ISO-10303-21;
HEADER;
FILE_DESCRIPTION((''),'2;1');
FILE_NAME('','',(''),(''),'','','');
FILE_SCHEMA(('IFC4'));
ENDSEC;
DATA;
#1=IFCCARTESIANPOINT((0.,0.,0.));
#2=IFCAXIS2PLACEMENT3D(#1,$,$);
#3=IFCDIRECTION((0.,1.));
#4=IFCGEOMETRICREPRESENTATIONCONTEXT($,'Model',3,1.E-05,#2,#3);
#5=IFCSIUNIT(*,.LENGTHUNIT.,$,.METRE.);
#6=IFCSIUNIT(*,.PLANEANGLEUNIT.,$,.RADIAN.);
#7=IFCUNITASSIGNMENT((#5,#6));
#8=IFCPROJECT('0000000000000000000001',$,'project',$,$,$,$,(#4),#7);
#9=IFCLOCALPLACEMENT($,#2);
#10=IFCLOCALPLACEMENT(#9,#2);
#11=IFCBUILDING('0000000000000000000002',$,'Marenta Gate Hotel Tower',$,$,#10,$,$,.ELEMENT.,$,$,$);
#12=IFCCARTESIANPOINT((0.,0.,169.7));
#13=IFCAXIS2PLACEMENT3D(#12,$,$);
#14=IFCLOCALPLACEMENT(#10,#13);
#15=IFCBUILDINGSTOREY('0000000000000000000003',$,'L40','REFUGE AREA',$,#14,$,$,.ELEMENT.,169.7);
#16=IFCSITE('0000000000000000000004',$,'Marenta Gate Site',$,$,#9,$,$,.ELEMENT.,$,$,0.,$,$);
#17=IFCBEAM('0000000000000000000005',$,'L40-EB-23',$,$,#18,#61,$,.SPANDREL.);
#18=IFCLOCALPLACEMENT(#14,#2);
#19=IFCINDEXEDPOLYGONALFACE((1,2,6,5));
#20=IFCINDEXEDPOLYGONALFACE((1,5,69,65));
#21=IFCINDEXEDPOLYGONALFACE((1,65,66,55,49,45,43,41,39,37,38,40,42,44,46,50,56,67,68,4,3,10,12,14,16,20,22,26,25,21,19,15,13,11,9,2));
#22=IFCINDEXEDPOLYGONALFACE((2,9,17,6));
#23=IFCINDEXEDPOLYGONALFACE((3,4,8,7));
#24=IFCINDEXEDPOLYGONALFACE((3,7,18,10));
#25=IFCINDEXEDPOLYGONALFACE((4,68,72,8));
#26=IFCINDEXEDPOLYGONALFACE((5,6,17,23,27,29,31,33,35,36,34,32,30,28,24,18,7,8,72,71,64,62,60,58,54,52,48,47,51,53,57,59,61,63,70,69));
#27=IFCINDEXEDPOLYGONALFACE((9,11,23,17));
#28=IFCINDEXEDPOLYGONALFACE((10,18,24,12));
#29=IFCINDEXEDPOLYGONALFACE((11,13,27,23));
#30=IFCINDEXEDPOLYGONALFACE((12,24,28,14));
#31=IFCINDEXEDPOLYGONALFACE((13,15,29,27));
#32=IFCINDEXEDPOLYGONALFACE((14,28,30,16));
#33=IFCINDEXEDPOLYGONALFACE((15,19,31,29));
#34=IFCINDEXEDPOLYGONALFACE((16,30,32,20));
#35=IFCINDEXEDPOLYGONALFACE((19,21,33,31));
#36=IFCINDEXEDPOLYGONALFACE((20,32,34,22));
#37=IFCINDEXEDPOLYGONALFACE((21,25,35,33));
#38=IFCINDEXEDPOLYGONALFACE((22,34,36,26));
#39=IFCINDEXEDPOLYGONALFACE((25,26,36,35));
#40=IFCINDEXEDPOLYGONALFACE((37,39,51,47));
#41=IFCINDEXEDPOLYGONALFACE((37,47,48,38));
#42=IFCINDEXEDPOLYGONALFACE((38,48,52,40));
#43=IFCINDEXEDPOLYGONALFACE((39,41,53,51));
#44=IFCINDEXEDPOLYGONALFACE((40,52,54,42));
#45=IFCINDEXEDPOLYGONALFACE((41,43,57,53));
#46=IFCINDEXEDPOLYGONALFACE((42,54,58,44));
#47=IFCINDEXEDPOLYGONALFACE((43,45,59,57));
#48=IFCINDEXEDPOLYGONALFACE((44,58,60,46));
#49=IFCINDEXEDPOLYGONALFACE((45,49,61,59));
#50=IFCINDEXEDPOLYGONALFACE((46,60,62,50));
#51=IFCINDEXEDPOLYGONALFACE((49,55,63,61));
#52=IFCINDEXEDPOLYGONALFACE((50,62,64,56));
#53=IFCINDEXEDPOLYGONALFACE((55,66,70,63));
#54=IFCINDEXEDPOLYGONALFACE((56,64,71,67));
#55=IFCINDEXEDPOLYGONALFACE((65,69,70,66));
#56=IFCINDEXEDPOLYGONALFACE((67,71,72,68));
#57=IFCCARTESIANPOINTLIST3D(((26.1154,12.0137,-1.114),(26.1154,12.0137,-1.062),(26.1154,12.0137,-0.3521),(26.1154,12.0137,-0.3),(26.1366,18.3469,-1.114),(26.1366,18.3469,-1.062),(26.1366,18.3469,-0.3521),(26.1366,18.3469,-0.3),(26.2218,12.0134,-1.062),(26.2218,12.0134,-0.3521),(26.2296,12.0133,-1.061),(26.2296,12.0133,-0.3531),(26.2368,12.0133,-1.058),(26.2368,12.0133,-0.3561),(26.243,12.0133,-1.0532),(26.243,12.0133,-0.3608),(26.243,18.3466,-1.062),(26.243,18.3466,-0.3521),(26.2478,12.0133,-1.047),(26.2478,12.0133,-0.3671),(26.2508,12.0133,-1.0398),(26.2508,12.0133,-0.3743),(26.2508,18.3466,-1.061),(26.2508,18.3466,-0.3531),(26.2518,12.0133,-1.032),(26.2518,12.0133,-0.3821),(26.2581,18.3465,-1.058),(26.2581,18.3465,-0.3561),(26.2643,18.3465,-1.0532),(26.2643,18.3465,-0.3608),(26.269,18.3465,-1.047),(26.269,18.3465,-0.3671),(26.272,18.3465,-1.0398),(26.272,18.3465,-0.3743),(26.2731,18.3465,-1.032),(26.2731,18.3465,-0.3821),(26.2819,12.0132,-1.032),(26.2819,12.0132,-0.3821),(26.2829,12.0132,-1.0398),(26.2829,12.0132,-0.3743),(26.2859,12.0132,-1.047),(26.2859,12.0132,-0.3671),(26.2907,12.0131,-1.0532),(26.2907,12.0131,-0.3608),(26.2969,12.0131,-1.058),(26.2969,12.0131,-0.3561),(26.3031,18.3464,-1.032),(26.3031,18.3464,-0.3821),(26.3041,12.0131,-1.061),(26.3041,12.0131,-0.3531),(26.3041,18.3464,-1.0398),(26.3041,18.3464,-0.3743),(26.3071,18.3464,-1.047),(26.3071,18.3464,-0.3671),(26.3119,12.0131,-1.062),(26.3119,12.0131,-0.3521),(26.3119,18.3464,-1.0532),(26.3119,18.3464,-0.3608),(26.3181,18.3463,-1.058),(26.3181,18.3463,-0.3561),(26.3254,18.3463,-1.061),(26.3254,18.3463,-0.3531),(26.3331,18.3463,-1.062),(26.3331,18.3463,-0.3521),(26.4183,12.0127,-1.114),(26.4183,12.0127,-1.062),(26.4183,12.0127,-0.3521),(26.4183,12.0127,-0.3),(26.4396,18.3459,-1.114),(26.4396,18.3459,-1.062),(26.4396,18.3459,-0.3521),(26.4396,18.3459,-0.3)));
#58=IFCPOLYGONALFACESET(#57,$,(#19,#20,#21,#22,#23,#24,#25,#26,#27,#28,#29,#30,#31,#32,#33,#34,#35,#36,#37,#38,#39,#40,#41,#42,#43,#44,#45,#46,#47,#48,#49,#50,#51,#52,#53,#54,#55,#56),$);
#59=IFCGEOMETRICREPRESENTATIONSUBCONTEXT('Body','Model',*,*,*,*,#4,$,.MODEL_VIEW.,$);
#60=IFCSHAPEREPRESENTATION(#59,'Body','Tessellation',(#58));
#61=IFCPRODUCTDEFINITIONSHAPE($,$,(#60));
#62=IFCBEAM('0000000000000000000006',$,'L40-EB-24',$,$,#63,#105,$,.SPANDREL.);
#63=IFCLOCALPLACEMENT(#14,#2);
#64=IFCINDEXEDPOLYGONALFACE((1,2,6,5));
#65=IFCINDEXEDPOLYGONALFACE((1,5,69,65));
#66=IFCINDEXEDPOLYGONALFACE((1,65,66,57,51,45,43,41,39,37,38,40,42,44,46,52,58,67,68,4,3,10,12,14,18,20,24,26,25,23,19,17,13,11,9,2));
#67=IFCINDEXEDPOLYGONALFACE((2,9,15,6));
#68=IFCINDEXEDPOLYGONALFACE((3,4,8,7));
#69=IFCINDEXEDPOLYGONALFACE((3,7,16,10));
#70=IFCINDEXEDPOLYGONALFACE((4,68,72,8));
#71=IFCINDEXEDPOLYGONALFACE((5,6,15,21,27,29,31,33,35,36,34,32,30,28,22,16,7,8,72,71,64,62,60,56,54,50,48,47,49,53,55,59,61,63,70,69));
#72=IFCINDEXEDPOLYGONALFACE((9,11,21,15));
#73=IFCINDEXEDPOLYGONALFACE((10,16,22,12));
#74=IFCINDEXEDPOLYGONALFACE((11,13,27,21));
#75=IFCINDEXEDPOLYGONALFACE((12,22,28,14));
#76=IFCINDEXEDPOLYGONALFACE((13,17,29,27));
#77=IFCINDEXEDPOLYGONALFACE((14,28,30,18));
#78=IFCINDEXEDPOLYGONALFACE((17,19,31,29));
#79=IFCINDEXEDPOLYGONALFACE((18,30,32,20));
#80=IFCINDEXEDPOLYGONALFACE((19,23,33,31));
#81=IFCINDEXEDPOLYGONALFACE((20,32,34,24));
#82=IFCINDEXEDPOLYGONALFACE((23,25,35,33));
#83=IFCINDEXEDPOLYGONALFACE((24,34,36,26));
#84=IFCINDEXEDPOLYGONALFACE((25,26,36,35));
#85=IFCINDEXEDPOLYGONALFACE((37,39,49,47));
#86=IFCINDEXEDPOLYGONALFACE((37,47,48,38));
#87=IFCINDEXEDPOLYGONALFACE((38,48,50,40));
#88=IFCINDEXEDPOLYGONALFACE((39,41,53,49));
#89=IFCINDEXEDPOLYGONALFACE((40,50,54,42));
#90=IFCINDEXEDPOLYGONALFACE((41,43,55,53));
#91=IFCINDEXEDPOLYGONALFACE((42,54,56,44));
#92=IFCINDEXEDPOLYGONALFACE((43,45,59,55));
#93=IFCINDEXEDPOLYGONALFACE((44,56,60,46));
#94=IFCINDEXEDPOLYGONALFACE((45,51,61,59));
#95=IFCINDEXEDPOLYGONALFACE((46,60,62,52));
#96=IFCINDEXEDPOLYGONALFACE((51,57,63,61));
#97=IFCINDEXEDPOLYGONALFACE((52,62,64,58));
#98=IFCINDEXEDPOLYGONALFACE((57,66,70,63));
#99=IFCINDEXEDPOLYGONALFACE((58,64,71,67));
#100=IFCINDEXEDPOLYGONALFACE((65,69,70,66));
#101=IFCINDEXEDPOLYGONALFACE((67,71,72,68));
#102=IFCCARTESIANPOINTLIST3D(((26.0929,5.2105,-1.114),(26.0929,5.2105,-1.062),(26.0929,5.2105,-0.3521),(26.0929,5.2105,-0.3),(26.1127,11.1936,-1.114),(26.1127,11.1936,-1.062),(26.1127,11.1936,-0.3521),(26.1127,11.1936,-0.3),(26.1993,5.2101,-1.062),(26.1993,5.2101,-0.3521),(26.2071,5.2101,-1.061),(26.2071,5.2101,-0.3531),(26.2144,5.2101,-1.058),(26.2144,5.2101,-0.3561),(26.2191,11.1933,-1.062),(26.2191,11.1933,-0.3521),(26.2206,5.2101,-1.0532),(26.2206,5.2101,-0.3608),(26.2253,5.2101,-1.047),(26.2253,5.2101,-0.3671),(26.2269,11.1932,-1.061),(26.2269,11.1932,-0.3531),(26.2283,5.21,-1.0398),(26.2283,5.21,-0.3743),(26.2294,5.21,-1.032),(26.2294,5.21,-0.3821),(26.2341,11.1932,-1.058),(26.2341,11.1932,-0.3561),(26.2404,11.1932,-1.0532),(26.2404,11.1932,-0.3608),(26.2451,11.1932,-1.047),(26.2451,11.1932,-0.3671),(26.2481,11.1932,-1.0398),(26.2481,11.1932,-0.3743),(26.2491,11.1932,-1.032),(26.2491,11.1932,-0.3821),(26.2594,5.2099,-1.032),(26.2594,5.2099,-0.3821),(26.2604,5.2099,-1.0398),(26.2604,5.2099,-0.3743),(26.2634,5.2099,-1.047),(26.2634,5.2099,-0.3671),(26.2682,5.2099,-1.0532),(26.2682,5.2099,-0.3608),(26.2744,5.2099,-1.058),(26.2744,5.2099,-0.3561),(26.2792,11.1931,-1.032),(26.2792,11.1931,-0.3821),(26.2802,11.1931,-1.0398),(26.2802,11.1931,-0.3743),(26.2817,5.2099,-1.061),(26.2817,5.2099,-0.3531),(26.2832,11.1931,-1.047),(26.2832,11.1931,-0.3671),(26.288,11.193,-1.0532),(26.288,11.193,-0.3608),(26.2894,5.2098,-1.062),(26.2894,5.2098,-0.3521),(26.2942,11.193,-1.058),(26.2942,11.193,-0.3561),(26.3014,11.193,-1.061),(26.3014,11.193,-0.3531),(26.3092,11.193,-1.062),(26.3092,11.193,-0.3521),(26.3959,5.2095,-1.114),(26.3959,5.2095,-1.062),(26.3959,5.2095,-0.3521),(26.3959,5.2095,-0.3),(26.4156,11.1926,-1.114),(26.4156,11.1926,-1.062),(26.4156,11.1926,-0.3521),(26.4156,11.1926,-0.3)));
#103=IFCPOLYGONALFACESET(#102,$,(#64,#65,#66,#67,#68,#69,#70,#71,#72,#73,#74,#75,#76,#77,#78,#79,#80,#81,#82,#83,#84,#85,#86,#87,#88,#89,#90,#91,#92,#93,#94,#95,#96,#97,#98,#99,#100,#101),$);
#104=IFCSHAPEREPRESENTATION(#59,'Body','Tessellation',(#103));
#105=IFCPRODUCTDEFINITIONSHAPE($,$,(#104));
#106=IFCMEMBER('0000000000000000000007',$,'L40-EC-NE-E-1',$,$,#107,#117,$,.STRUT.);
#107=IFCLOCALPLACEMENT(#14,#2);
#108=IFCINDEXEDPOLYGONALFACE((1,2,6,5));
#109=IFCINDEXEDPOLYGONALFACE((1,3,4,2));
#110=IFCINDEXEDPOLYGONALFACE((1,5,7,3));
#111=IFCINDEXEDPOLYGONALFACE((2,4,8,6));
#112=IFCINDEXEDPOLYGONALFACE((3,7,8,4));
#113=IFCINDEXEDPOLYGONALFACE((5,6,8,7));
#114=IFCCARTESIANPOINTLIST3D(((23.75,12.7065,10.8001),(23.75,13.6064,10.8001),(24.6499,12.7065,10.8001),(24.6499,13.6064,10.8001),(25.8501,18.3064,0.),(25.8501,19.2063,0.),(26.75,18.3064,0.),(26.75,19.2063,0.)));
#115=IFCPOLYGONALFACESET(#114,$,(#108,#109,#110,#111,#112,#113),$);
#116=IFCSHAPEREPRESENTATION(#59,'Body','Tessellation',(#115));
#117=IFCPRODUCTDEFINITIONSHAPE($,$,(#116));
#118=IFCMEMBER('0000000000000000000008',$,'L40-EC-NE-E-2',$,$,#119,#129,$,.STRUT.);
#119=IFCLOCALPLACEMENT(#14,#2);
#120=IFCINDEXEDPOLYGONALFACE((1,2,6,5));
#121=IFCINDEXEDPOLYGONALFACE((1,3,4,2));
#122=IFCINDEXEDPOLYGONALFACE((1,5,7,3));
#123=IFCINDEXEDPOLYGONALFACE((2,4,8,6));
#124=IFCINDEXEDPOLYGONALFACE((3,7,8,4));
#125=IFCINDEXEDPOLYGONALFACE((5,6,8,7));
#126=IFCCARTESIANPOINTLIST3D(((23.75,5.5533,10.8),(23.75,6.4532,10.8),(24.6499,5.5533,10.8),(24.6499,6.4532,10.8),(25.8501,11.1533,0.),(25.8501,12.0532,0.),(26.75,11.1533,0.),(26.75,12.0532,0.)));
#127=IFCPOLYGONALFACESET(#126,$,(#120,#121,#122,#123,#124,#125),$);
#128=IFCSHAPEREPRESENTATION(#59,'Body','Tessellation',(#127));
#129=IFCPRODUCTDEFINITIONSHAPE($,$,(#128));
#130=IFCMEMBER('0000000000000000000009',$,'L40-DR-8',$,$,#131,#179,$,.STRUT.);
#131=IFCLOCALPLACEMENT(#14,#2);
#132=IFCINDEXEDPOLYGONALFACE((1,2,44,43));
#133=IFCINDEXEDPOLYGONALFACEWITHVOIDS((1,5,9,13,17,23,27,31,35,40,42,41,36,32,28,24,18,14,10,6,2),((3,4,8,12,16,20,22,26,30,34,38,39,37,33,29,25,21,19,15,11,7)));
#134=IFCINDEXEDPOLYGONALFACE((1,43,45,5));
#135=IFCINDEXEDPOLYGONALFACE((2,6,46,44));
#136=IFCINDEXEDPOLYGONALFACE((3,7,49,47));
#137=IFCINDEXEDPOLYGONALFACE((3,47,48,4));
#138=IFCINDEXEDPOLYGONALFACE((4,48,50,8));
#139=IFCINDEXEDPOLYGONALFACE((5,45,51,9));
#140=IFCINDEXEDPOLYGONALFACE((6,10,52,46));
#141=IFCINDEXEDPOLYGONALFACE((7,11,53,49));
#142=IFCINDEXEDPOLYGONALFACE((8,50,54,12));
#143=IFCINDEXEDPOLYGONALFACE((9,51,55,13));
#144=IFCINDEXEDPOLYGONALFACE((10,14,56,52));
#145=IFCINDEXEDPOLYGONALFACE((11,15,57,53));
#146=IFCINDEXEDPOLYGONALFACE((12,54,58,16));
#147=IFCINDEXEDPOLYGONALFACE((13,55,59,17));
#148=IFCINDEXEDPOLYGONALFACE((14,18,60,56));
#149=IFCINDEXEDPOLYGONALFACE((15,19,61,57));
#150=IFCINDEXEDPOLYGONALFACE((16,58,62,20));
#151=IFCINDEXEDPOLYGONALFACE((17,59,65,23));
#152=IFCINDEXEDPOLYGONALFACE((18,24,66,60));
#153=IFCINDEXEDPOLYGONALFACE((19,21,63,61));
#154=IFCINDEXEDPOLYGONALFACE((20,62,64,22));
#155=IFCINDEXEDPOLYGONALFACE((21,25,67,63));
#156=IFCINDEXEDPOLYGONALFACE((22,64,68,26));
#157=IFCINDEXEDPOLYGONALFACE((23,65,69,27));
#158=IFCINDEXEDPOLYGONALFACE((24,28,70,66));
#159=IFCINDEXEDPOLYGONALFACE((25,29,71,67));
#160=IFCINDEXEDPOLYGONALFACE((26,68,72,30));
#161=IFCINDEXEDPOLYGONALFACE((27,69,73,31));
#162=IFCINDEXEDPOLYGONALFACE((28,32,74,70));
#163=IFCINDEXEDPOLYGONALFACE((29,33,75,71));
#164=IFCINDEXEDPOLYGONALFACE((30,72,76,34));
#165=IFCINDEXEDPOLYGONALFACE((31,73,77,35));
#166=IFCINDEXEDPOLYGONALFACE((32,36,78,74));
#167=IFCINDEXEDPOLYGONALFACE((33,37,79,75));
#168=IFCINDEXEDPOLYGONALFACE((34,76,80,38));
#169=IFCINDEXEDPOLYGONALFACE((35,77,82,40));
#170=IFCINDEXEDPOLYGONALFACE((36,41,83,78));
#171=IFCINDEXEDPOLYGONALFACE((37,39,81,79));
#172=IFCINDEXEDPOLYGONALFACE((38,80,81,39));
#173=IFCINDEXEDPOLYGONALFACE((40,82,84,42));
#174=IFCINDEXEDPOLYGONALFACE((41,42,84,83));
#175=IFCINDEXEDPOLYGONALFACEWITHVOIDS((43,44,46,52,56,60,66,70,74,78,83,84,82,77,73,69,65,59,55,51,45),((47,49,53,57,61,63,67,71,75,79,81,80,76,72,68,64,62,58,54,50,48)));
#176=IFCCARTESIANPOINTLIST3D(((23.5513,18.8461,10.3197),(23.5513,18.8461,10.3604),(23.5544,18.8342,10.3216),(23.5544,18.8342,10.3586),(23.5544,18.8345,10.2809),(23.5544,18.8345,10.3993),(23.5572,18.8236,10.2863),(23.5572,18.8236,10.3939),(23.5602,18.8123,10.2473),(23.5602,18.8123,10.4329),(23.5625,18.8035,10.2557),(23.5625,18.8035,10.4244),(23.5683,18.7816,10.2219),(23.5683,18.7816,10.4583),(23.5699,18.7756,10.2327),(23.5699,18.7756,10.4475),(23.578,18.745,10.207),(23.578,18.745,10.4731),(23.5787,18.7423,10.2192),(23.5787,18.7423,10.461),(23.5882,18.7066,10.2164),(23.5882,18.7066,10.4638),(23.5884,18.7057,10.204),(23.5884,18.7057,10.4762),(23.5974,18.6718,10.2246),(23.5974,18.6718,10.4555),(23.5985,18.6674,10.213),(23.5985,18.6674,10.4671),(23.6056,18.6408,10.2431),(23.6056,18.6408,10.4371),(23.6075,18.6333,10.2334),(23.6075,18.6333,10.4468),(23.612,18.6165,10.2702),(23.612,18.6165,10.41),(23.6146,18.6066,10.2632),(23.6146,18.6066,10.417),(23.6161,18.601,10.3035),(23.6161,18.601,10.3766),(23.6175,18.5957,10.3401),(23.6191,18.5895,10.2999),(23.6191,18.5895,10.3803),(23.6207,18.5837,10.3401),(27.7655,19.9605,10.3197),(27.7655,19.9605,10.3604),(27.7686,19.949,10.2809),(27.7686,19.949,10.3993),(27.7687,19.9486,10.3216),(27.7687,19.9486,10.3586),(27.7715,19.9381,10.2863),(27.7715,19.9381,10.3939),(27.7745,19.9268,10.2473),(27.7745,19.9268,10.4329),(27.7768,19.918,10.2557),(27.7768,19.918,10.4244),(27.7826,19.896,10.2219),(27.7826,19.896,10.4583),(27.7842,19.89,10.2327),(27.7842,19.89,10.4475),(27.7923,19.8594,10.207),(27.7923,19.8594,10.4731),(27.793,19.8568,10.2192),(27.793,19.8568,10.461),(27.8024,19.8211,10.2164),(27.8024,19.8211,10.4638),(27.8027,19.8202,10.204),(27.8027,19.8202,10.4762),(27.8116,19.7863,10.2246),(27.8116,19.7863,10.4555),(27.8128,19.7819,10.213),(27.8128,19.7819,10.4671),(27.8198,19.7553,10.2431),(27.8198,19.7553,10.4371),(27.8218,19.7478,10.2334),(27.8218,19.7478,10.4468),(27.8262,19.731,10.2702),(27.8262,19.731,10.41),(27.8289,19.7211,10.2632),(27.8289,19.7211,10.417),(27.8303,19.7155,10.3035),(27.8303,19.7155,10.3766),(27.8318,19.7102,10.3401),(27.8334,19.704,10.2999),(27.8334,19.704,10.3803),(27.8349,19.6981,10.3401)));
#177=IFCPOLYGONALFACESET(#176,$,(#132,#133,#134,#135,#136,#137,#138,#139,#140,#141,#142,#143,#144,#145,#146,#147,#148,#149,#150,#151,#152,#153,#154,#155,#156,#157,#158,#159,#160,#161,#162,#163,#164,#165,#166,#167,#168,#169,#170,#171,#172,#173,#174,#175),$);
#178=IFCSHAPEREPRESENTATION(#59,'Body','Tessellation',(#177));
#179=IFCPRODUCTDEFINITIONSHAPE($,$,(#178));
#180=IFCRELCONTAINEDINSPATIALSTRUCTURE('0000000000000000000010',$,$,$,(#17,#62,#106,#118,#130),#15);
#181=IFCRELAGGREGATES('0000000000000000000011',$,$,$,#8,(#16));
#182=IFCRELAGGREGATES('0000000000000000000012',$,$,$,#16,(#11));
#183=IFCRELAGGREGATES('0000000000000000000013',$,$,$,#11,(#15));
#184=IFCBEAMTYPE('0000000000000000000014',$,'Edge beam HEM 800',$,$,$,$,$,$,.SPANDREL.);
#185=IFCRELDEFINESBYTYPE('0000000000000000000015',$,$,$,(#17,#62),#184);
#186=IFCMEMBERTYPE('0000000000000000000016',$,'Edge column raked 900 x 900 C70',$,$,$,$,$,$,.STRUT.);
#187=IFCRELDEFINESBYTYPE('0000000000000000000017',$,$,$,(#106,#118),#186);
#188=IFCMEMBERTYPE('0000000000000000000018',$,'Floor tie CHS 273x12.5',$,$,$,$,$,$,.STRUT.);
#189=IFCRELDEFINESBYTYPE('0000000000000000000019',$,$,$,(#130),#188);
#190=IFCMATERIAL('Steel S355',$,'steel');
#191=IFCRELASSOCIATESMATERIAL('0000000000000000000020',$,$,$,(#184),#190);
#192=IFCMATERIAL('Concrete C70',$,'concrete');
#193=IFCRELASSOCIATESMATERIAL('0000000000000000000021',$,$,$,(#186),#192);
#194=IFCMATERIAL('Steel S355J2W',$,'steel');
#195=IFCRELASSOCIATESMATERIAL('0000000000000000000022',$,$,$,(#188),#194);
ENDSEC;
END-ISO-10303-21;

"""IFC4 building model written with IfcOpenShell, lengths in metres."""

from ifc_helpers import new_model, si_unit, direction, frame, origin, origin_2d, place, context, subcontext, project, spatial, rectangle, hollow_circle, i_section, extrude, material, material_profile, profile_set, type_object, element, save


model = new_model("IFC4")

# Units and contexts
model_context = context("Model", 3, precision=1e-05, world=origin(), true_north=direction((0.0, 1.0)))
body_context = subcontext(model_context, "Body", "Model", "MODEL_VIEW")
ifc_project = project(units=[si_unit("LENGTHUNIT", "METRE"), si_unit("PLANEANGLEUNIT", "RADIAN")], contexts=[model_context])

# Site, building, storey
site_placement = place(None, origin())
site = spatial("IfcSite", under=ifc_project, at=site_placement, Name="Marenta Gate Site", CompositionType="ELEMENT", RefElevation=0.0)
building_placement = place(site_placement, origin())
building = spatial("IfcBuilding", under=site, at=building_placement, Name="Marenta Gate Hotel Tower", CompositionType="ELEMENT")
storey_placement = place(building_placement, frame((0.0, 0.0, 169.7)))
storey = spatial("IfcBuildingStorey", under=building, at=storey_placement, Name="L40", Description="REFUGE AREA", CompositionType="ELEMENT", Elevation=169.7)

# Beams
ifc_material_1 = material(Name="Steel S355", Category="steel")
ifc_material_profile_1 = material_profile(ifc_material_1, i_section(OverallWidth=0.303, OverallDepth=0.814, WebThickness=0.03, FlangeThickness=0.052, FilletRadius=0.03, at=origin_2d()), Name="HEM 800")
ifc_profile_set_1 = profile_set([ifc_material_profile_1], Name="Steel S355")
beam_type_1 = type_object("IfcBeamType", Name="Edge beam HEM 800", PredefinedType="SPANDREL", material=ifc_profile_set_1)
beam_1_placement = place(storey_placement, frame((26.2881, 18.3464, -0.707), z_axis=(-0.003354, -0.999994, 0.0), x_axis=(0.999994, -0.003354, 0.0)))
element("IfcBeam", 1, at=beam_1_placement, inside=storey, type_object=beam_type_1, Name="L40-EB-23", PredefinedType="SPANDREL", context=body_context, shape_type="SweptSolid", body=[
    extrude(i_section(OverallWidth=0.303, OverallDepth=0.814, WebThickness=0.03, FlangeThickness=0.052, FilletRadius=0.03, at=origin_2d()), origin(), (0.0, 0.0, 1.0), 6.3333),
])
beam_2_placement = place(storey_placement, frame((26.2642, 11.1931, -0.707), z_axis=(-0.003305, -0.999995, 0.0), x_axis=(0.999995, -0.003305, 0.0)))
element("IfcBeam", 2, at=beam_2_placement, inside=storey, type_object=beam_type_1, Name="L40-EB-24", PredefinedType="SPANDREL", context=body_context, shape_type="SweptSolid", body=[
    extrude(i_section(OverallWidth=0.303, OverallDepth=0.814, WebThickness=0.03, FlangeThickness=0.052, FilletRadius=0.03, at=origin_2d()), origin(), (0.0, 0.0, 1.0), 5.9832),
])

# Members
ifc_material_2 = material(Name="Concrete C70", Category="concrete")
ifc_material_profile_2 = material_profile(ifc_material_2, rectangle(XDim=0.8999, YDim=0.8999, at=origin_2d()), Name="900 x 900")
ifc_profile_set_2 = profile_set([ifc_material_profile_2], Name="Concrete C70")
member_type_1 = type_object("IfcMemberType", Name="Edge column raked 900 x 900 C70", PredefinedType="STRUT", material=ifc_profile_set_2)
member_1_placement = place(storey_placement, frame((26.3, 18.7563, 0.0), z_axis=(0.0, 0.0, 1.0), x_axis=(1.0, 0.0, 0.0)))
element("IfcMember", 3, at=member_1_placement, inside=storey, type_object=member_type_1, Name="L40-EC-NE-E-1", PredefinedType="STRUT", context=body_context, shape_type="SweptSolid", body=[
    extrude(rectangle(XDim=0.8999, YDim=0.8999, at=origin_2d()), origin(), (-0.170111, -0.453597, 0.874821), 12.3455),
])
member_2_placement = place(storey_placement, frame((26.3, 11.6033, 0.0), z_axis=(0.0, 0.0, 1.0), x_axis=(1.0, 0.0, 0.0)))
element("IfcMember", 4, at=member_2_placement, inside=storey, type_object=member_type_1, Name="L40-EC-NE-E-2", PredefinedType="STRUT", context=body_context, shape_type="SweptSolid", body=[
    extrude(rectangle(XDim=0.8999, YDim=0.8999, at=origin_2d()), origin(), (-0.17011, -0.453613, 0.874813), 12.3455),
])
ifc_material_3 = material(Name="Steel S355J2W", Category="steel")
ifc_material_profile_3 = material_profile(ifc_material_3, hollow_circle(Radius=0.1365, WallThickness=0.0125, at=origin_2d()), Name="CHS 273x12.5")
ifc_profile_set_3 = profile_set([ifc_material_profile_3], Name="Steel S355J2W")
member_type_2 = type_object("IfcMemberType", Name="Floor tie CHS 273x12.5", PredefinedType="STRUT", material=ifc_profile_set_3)
member_3_placement = place(storey_placement, frame((27.8, 19.8301, 10.3401), z_axis=(-0.966766, -0.255665, 0.0), x_axis=(0.255665, -0.966766, 0.0)))
element("IfcMember", 5, at=member_3_placement, inside=storey, type_object=member_type_2, Name="L40-DR-8", PredefinedType="STRUT", context=body_context, shape_type="SweptSolid", body=[
    extrude(hollow_circle(Radius=0.1365, WallThickness=0.0125, at=origin_2d()), origin(), (0.0, 0.0, 1.0), 4.3591),
])

save(model, "model.ifc")
